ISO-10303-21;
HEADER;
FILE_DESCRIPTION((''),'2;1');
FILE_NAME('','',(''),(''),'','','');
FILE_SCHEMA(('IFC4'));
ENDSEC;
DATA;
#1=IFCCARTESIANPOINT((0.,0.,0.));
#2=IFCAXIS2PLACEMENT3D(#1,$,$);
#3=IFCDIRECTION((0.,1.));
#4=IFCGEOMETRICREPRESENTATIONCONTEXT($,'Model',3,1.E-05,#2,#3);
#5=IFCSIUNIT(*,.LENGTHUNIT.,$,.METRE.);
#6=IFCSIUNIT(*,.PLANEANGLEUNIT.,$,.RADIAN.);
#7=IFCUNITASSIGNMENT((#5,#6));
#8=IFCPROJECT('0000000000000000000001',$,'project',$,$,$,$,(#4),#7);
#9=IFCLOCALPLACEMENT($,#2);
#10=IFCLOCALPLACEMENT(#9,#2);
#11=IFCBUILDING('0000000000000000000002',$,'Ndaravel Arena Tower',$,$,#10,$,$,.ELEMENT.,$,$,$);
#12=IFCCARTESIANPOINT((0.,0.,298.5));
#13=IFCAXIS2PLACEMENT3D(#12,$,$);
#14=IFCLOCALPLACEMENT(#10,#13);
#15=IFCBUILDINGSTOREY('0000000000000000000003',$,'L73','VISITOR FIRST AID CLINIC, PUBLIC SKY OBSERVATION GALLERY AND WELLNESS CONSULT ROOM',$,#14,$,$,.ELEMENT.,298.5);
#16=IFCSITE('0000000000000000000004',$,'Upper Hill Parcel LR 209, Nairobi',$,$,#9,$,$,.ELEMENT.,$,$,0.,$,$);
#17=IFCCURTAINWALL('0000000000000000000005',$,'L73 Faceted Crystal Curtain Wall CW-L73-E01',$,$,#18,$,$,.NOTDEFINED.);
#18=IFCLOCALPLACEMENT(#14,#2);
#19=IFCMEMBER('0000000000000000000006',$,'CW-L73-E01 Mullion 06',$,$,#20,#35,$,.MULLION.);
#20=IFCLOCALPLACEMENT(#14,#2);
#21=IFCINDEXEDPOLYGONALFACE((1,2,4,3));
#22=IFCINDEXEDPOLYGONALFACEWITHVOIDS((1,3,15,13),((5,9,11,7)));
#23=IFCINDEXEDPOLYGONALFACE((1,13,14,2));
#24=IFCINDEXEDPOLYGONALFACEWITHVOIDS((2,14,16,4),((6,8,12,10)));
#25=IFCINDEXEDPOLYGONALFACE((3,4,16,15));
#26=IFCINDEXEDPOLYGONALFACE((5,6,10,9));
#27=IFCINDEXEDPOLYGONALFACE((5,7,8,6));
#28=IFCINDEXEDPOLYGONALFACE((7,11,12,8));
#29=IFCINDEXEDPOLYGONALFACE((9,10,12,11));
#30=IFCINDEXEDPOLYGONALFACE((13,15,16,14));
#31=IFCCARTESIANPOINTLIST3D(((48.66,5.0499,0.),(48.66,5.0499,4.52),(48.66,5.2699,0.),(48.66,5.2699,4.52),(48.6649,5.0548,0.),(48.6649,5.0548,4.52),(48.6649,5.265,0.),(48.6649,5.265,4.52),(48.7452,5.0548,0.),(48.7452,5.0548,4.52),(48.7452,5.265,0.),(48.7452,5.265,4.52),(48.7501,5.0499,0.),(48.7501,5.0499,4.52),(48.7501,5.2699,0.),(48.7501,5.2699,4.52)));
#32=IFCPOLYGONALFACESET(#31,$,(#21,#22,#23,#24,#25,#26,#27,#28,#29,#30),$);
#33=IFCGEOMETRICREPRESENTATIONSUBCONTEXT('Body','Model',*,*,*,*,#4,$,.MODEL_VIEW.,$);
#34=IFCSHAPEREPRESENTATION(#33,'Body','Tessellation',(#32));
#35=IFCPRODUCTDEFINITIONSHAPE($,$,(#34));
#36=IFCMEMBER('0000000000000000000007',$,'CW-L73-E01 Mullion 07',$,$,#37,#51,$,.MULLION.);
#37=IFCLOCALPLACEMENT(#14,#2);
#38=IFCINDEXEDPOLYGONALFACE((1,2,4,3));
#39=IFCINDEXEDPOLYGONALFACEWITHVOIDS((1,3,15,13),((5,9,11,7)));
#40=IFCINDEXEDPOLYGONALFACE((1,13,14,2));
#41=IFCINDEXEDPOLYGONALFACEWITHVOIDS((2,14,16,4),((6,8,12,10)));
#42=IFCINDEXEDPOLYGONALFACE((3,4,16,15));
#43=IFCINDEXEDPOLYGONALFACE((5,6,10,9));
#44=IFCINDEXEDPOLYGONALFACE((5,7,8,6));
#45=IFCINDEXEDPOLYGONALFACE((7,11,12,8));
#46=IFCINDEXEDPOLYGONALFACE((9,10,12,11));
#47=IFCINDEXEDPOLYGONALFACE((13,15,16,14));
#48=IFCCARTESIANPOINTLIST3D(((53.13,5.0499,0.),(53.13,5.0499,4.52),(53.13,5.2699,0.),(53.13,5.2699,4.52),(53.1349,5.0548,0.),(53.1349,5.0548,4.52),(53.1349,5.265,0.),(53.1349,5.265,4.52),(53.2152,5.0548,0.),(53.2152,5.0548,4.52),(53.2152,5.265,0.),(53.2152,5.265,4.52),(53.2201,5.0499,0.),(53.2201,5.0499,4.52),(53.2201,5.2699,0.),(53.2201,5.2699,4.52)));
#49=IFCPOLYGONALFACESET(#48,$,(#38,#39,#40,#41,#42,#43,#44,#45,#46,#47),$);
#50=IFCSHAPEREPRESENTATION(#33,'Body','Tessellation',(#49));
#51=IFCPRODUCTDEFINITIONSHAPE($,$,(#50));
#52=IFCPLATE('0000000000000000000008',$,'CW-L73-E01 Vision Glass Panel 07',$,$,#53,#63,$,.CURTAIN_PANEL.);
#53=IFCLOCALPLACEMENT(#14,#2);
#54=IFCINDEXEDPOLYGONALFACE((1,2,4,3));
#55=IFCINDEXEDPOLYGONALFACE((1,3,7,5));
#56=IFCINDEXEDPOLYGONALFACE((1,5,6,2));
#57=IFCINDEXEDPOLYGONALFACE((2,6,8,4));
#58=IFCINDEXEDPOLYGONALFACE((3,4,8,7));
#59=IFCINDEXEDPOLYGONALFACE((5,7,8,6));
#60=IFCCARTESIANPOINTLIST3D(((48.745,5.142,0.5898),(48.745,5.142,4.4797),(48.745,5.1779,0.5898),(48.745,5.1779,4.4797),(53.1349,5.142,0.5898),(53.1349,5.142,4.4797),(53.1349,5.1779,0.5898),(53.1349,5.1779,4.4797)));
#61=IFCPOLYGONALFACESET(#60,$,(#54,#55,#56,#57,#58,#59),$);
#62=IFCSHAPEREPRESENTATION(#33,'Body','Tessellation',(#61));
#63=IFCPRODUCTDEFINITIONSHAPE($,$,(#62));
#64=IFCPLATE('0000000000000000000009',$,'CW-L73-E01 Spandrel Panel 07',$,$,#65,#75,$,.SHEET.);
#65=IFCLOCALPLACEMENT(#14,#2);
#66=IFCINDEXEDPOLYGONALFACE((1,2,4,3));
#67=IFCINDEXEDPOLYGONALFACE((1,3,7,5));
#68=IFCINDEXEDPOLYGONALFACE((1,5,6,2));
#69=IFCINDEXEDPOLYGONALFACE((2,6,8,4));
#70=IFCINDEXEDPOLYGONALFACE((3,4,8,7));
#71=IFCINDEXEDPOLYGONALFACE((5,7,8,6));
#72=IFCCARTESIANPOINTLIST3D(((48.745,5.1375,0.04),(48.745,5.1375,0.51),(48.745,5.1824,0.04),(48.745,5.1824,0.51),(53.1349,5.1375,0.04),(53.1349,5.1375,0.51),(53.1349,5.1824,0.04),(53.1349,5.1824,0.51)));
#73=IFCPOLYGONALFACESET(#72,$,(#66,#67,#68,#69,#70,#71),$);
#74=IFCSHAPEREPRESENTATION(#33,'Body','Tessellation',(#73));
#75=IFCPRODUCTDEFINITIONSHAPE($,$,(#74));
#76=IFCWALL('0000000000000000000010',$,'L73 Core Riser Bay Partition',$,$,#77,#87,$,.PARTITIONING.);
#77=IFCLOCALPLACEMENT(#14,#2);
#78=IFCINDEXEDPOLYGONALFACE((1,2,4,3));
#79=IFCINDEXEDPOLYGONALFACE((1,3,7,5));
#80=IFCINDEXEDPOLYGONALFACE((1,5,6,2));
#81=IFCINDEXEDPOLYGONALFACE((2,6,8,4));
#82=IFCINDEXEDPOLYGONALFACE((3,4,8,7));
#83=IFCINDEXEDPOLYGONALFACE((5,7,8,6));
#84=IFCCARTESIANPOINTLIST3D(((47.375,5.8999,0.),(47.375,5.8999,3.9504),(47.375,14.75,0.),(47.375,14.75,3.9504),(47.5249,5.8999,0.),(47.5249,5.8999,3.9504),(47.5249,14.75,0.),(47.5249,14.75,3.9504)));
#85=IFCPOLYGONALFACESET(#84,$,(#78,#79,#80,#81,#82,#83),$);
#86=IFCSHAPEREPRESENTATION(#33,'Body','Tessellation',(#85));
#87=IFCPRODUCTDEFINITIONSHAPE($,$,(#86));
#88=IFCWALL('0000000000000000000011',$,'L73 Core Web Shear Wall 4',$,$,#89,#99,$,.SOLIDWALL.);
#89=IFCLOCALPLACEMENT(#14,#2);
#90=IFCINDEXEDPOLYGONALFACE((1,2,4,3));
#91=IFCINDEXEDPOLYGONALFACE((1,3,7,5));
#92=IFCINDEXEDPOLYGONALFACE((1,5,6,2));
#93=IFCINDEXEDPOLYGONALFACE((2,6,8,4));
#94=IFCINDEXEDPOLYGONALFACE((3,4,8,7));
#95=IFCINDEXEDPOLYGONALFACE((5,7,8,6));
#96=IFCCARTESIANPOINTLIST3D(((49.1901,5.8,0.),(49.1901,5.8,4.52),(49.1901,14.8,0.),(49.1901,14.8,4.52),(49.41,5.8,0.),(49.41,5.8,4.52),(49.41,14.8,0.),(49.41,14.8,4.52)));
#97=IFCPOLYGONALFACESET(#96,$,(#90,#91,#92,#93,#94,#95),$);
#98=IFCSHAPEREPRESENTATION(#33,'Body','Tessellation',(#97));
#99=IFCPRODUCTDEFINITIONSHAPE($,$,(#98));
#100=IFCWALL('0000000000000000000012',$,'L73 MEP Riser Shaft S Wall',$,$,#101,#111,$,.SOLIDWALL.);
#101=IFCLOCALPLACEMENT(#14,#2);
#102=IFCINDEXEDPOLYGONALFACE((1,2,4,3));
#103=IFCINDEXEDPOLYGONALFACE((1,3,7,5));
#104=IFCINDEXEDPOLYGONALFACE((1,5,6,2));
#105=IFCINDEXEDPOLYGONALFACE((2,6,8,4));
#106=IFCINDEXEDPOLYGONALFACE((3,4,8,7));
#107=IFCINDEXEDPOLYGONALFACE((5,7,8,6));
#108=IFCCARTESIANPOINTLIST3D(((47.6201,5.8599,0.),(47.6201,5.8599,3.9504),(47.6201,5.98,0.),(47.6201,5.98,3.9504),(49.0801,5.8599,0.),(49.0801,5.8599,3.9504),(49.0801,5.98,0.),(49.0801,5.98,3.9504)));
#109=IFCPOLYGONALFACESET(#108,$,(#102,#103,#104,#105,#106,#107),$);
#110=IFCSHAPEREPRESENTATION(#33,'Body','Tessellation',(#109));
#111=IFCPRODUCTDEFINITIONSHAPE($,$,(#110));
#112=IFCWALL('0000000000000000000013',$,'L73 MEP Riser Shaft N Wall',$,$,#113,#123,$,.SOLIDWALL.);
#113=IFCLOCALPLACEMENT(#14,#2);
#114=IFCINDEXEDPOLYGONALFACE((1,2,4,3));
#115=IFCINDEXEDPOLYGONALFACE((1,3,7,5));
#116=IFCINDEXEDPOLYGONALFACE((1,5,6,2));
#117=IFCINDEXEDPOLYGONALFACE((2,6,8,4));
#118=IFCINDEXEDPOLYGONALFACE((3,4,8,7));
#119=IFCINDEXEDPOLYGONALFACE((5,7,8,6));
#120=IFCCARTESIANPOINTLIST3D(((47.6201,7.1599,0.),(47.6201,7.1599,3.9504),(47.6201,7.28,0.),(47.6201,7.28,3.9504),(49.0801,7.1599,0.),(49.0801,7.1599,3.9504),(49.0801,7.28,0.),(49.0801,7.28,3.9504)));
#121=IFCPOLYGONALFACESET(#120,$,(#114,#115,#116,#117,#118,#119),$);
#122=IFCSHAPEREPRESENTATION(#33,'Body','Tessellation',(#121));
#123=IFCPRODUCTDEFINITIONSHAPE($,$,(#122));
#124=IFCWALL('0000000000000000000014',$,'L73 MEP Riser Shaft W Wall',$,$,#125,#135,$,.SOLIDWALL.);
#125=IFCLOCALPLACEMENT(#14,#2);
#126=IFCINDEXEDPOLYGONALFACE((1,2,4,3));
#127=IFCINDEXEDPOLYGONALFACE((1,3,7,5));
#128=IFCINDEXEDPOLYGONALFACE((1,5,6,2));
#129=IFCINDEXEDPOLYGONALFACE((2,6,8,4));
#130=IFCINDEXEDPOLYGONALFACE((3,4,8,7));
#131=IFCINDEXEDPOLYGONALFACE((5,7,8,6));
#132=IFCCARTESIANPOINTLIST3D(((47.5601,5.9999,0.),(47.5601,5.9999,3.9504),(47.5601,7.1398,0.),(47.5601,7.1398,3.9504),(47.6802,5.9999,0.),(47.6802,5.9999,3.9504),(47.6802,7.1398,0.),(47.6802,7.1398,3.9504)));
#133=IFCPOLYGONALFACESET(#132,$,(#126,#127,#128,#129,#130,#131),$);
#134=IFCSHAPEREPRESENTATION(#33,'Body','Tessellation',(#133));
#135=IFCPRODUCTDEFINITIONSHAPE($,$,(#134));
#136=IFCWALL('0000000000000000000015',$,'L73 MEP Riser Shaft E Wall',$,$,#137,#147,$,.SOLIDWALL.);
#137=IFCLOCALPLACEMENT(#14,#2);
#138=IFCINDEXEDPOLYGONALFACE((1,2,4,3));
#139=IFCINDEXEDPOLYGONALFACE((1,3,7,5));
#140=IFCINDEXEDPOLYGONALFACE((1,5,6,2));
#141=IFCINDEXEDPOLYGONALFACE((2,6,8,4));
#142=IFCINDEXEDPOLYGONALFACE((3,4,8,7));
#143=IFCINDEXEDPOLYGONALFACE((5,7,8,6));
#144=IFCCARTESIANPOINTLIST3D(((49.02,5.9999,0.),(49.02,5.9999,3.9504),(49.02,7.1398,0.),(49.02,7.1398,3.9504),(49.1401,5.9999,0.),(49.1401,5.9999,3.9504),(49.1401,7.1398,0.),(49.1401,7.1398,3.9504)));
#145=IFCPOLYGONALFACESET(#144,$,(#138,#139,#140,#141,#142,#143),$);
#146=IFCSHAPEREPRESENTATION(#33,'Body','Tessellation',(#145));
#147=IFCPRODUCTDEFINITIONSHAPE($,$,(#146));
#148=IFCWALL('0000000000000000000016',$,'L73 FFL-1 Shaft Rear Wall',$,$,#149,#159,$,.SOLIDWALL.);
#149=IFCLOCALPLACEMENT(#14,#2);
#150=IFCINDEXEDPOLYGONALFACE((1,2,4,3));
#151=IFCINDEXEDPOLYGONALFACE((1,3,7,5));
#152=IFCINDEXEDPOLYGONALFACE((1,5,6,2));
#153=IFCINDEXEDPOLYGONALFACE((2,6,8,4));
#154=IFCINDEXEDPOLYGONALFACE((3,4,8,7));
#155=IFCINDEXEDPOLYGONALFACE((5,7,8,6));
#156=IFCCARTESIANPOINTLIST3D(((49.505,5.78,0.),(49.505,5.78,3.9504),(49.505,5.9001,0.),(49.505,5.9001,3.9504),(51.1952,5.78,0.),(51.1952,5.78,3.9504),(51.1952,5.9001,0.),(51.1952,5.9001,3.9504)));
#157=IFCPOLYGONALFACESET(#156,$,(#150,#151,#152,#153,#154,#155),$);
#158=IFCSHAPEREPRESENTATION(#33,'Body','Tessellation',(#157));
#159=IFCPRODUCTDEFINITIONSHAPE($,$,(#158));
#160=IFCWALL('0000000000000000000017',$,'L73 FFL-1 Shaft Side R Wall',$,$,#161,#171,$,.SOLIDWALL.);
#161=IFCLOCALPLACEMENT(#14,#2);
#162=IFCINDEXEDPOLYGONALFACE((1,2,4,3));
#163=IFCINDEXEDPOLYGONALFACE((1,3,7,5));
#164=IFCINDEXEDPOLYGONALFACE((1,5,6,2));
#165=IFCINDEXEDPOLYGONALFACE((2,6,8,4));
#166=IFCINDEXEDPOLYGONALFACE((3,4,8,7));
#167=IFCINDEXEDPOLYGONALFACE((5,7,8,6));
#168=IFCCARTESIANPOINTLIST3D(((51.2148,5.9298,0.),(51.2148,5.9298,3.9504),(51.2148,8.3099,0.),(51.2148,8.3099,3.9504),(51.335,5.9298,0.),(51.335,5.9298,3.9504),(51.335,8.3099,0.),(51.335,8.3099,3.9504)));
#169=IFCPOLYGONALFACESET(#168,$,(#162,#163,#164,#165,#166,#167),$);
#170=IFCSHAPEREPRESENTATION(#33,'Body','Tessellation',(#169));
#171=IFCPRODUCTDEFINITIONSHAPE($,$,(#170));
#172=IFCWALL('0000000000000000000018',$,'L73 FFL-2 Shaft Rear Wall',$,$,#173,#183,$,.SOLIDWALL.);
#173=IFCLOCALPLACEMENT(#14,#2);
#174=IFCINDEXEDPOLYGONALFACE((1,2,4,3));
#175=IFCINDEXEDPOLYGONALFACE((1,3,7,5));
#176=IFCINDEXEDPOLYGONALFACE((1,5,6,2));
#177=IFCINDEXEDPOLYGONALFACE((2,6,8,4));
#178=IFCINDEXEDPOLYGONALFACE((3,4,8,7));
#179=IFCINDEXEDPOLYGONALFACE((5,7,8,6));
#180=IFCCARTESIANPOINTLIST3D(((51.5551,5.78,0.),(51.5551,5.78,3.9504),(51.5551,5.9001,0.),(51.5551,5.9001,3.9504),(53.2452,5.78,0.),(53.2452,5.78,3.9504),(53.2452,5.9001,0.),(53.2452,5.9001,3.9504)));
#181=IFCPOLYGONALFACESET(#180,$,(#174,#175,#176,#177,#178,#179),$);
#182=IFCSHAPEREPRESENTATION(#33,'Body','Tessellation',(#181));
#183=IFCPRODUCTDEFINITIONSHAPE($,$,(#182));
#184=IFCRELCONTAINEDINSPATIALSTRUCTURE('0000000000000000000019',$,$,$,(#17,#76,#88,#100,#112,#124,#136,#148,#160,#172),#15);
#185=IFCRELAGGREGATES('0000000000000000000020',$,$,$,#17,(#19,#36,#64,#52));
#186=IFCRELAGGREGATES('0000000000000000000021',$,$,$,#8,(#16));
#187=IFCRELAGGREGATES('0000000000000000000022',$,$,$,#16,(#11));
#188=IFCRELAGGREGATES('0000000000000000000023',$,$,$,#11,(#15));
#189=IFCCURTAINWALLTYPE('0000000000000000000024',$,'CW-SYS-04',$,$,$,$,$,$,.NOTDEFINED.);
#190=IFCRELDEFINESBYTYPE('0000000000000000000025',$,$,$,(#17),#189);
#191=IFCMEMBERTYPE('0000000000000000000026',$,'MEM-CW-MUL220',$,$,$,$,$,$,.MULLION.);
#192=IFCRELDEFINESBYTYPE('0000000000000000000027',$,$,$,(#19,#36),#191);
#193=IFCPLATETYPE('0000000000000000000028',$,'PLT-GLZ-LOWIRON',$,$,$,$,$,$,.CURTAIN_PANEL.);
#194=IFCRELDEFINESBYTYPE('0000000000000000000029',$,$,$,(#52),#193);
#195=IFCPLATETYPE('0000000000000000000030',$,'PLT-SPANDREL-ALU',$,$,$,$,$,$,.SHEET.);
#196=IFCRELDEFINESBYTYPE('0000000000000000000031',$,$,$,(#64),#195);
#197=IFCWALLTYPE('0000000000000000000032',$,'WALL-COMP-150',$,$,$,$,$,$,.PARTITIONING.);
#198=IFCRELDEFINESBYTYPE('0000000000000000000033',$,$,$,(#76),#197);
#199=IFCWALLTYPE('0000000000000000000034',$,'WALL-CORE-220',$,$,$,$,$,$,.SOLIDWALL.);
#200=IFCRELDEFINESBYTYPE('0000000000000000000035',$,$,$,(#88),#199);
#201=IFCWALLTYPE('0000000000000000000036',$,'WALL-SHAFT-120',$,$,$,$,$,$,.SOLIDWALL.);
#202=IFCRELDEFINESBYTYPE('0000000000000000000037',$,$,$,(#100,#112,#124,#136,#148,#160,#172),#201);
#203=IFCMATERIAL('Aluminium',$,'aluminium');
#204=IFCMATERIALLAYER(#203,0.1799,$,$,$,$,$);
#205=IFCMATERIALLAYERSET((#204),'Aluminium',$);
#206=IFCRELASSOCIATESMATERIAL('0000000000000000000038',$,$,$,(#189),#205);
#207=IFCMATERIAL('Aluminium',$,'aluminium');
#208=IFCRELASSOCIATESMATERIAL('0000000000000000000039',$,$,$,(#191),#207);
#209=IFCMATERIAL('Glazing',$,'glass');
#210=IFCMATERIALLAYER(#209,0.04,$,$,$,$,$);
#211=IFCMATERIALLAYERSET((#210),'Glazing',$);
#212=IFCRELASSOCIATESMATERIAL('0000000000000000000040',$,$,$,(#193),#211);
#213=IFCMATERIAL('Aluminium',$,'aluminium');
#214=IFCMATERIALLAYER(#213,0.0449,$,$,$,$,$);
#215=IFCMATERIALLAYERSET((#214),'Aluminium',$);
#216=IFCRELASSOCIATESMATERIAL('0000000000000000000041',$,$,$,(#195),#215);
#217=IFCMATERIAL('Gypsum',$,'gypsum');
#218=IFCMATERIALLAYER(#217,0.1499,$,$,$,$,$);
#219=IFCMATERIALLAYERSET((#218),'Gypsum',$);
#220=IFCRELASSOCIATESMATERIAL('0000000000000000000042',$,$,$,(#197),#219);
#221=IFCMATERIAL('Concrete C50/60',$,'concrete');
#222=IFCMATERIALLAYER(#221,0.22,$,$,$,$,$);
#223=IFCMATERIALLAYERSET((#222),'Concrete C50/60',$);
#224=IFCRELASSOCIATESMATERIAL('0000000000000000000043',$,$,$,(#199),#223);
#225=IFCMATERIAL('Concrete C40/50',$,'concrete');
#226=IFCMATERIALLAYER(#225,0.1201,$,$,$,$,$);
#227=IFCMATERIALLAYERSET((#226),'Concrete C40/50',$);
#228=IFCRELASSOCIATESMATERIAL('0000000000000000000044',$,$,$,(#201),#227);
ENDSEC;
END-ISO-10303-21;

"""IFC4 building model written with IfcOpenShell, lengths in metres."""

from ifc_helpers import new_model, si_unit, direction, frame, frame_2d, origin, origin_2d, place, context, subcontext, project, spatial, rectangle, hollow_rectangle, extrude, material, layer, layer_set, material_profile, profile_set, type_object, element, aggregate, save


model = new_model("IFC4")

# Units and contexts
model_context = context("Model", 3, precision=1e-05, world=origin(), true_north=direction((0.0, 1.0)))
body_context = subcontext(model_context, "Body", "Model", "MODEL_VIEW")
ifc_project = project(units=[si_unit("LENGTHUNIT", "METRE"), si_unit("PLANEANGLEUNIT", "RADIAN")], contexts=[model_context])

# Site, building, storey
site_placement = place(None, origin())
site = spatial("IfcSite", under=ifc_project, at=site_placement, Name="Upper Hill Parcel LR 209, Nairobi", CompositionType="ELEMENT", RefElevation=0.0)
building_placement = place(site_placement, origin())
building = spatial("IfcBuilding", under=site, at=building_placement, Name="Ndaravel Arena Tower", CompositionType="ELEMENT")
storey_placement = place(building_placement, frame((0.0, 0.0, 298.5)))
storey = spatial("IfcBuildingStorey", under=building, at=storey_placement, Name="L73", Description="VISITOR FIRST AID CLINIC, PUBLIC SKY OBSERVATION GALLERY AND WELLNESS CONSULT ROOM", CompositionType="ELEMENT", Elevation=298.5)

# Curtain wall, members, plates
ifc_material_1 = material(Name="Aluminium", Category="aluminium")
ifc_layer_1 = layer(ifc_material_1, 0.1799)
ifc_layer_set_1 = layer_set([ifc_layer_1], Name="Aluminium")
curtain_wall_type = type_object("IfcCurtainWallType", Name="CW-SYS-04", PredefinedType="NOTDEFINED", material=ifc_layer_set_1)
curtain_wall_placement = place(storey_placement, origin())
curtain_wall = element("IfcCurtainWall", 1, at=curtain_wall_placement, inside=storey, type_object=curtain_wall_type, Name="L73 Faceted Crystal Curtain Wall CW-L73-E01", PredefinedType="NOTDEFINED")
ifc_material_2 = material(Name="Aluminium", Category="aluminium")
ifc_material_profile = material_profile(ifc_material_2, hollow_rectangle(XDim=0.0901, YDim=0.22, WallThickness=0.0049, at=origin_2d()), Name="CW MULLION 90x220x5")
ifc_profile_set = profile_set([ifc_material_profile], Name="Aluminium")
member_type = type_object("IfcMemberType", Name="MEM-CW-MUL220", PredefinedType="MULLION", material=ifc_profile_set)
member_1_placement = place(storey_placement, frame((48.7051, 5.1599, 0.0), z_axis=(0.0, 0.0, 1.0), x_axis=(1.0, 0.0, 0.0)))
member_1 = element("IfcMember", 2, at=member_1_placement, type_object=member_type, Name="CW-L73-E01 Mullion 06", PredefinedType="MULLION", context=body_context, shape_type="SweptSolid", body=[
    extrude(hollow_rectangle(XDim=0.0901, YDim=0.22, WallThickness=0.0049, at=origin_2d()), origin(), (0.0, 0.0, 1.0), 4.52),
])
member_2_placement = place(storey_placement, frame((53.175, 5.1599, 0.0), z_axis=(0.0, 0.0, 1.0), x_axis=(1.0, 0.0, 0.0)))
member_2 = element("IfcMember", 3, at=member_2_placement, type_object=member_type, Name="CW-L73-E01 Mullion 07", PredefinedType="MULLION", context=body_context, shape_type="SweptSolid", body=[
    extrude(hollow_rectangle(XDim=0.0901, YDim=0.22, WallThickness=0.0049, at=origin_2d()), origin(), (0.0, 0.0, 1.0), 4.52),
])
ifc_material_3 = material(Name="Glazing", Category="glass")
ifc_layer_2 = layer(ifc_material_3, 0.04)
ifc_layer_set_2 = layer_set([ifc_layer_2], Name="Glazing")
plate_type_1 = type_object("IfcPlateType", Name="PLT-GLZ-LOWIRON", PredefinedType="CURTAIN_PANEL", material=ifc_layer_set_2)
plate_1_placement = place(storey_placement, frame((50.9399, 5.1599, 0.5898), z_axis=(0.0, 0.0, 1.0), x_axis=(1.0, 0.0, 0.0)))
plate_1 = element("IfcPlate", 4, at=plate_1_placement, type_object=plate_type_1, Name="CW-L73-E01 Vision Glass Panel 07", PredefinedType="CURTAIN_PANEL", context=body_context, shape_type="SweptSolid", body=[
    extrude(rectangle(XDim=4.3899, YDim=0.0359, at=origin_2d()), origin(), (0.0, 0.0, 1.0), 3.8899),
])
ifc_material_4 = material(Name="Aluminium", Category="aluminium")
ifc_layer_3 = layer(ifc_material_4, 0.0449)
ifc_layer_set_3 = layer_set([ifc_layer_3], Name="Aluminium")
plate_type_2 = type_object("IfcPlateType", Name="PLT-SPANDREL-ALU", PredefinedType="SHEET", material=ifc_layer_set_3)
plate_2_placement = place(storey_placement, frame((50.9399, 5.1599, 0.04), z_axis=(0.0, 0.0, 1.0), x_axis=(1.0, 0.0, 0.0)))
plate_2 = element("IfcPlate", 5, at=plate_2_placement, type_object=plate_type_2, Name="CW-L73-E01 Spandrel Panel 07", PredefinedType="SHEET", context=body_context, shape_type="SweptSolid", body=[
    extrude(rectangle(XDim=4.3899, YDim=0.0449, at=origin_2d()), origin(), (0.0, 0.0, 1.0), 0.47),
])
aggregate(curtain_wall, [member_1, member_2, plate_2, plate_1])

# Walls
ifc_material_5 = material(Name="Gypsum", Category="gypsum")
ifc_layer_4 = layer(ifc_material_5, 0.1499)
ifc_layer_set_4 = layer_set([ifc_layer_4], Name="Gypsum")
wall_type_1 = type_object("IfcWallType", Name="WALL-COMP-150", PredefinedType="PARTITIONING", material=ifc_layer_set_4)
wall_1_placement = place(storey_placement, frame((47.45, 5.8999, 0.0), z_axis=(0.0, 0.0, 1.0), x_axis=(0.0, 1.0, 0.0)))
element("IfcWall", 6, at=wall_1_placement, inside=storey, type_object=wall_type_1, Name="L73 Core Riser Bay Partition", PredefinedType="PARTITIONING", context=body_context, shape_type="SweptSolid", body=[
    extrude(rectangle(XDim=8.8501, YDim=0.1499, at=frame_2d((4.425, 0.0))), origin(), (0.0, 0.0, 1.0), 3.9504),
])
ifc_material_6 = material(Name="Concrete C50/60", Category="concrete")
ifc_layer_5 = layer(ifc_material_6, 0.22)
ifc_layer_set_5 = layer_set([ifc_layer_5], Name="Concrete C50/60")
wall_type_2 = type_object("IfcWallType", Name="WALL-CORE-220", PredefinedType="SOLIDWALL", material=ifc_layer_set_5)
wall_2_placement = place(storey_placement, frame((49.3, 5.8, 0.0), z_axis=(0.0, 0.0, 1.0), x_axis=(0.0, 1.0, 0.0)))
element("IfcWall", 7, at=wall_2_placement, inside=storey, type_object=wall_type_2, Name="L73 Core Web Shear Wall 4", PredefinedType="SOLIDWALL", context=body_context, shape_type="SweptSolid", body=[
    extrude(rectangle(XDim=9.0, YDim=0.22, at=frame_2d((4.5, 0.0))), origin(), (0.0, 0.0, 1.0), 4.52),
])

# Walls
ifc_material_7 = material(Name="Concrete C40/50", Category="concrete")
ifc_layer_6 = layer(ifc_material_7, 0.1201)
ifc_layer_set_6 = layer_set([ifc_layer_6], Name="Concrete C40/50")
wall_type_3 = type_object("IfcWallType", Name="WALL-SHAFT-120", PredefinedType="SOLIDWALL", material=ifc_layer_set_6)
for number, where, z_axis, x_axis, name in (
    (8, (47.6201, 5.9199, 0.0), (0.0, 0.0, 1.0), (1.0, 0.0, 0.0), "L73 MEP Riser Shaft S Wall"),
    (9, (47.6201, 7.22, 0.0), (0.0, 0.0, 1.0), (1.0, 0.0, 0.0), "L73 MEP Riser Shaft N Wall"),
):
    element("IfcWall", number, at=place(storey_placement, frame(where, z_axis=z_axis, x_axis=x_axis)), inside=storey, type_object=wall_type_3, Name=name, PredefinedType="SOLIDWALL", context=body_context, shape_type="SweptSolid", body=[
        extrude(rectangle(XDim=1.46, YDim=0.1201, at=frame_2d((0.73, 0.0))), origin(), (0.0, 0.0, 1.0), 3.9504),
    ])
for number, where, z_axis, x_axis, name in (
    (10, (47.6201, 6.0, 0.0), (0.0, 0.0, 1.0), (0.0, 1.0, 0.0), "L73 MEP Riser Shaft W Wall"),
    (11, (49.0801, 6.0, 0.0), (0.0, 0.0, 1.0), (0.0, 1.0, 0.0), "L73 MEP Riser Shaft E Wall"),
):
    element("IfcWall", number, at=place(storey_placement, frame(where, z_axis=z_axis, x_axis=x_axis)), inside=storey, type_object=wall_type_3, Name=name, PredefinedType="SOLIDWALL", context=body_context, shape_type="SweptSolid", body=[
        extrude(rectangle(XDim=1.1399, YDim=0.1201, at=frame_2d((0.5698, 0.0))), origin(), (0.0, 0.0, 1.0), 3.9504),
    ])
wall_3_placement = place(storey_placement, frame((49.5049, 5.8401, 0.0), z_axis=(0.0, 0.0, 1.0), x_axis=(1.0, 0.0, 0.0)))
element("IfcWall", 12, at=wall_3_placement, inside=storey, type_object=wall_type_3, Name="L73 FFL-1 Shaft Rear Wall", PredefinedType="SOLIDWALL", context=body_context, shape_type="SweptSolid", body=[
    extrude(rectangle(XDim=1.6902, YDim=0.1201, at=frame_2d((0.8452, 0.0))), origin(), (0.0, 0.0, 1.0), 3.9504),
])
wall_4_placement = place(storey_placement, frame((51.2749, 5.9299, 0.0), z_axis=(0.0, 0.0, 1.0), x_axis=(0.0, 1.0, 0.0)))
element("IfcWall", 13, at=wall_4_placement, inside=storey, type_object=wall_type_3, Name="L73 FFL-1 Shaft Side R Wall", PredefinedType="SOLIDWALL", context=body_context, shape_type="SweptSolid", body=[
    extrude(rectangle(XDim=2.3801, YDim=0.1201, at=frame_2d((1.1899, 0.0))), origin(), (0.0, 0.0, 1.0), 3.9504),
])
wall_5_placement = place(storey_placement, frame((51.5549, 5.8401, 0.0), z_axis=(0.0, 0.0, 1.0), x_axis=(1.0, 0.0, 0.0)))
element("IfcWall", 14, at=wall_5_placement, inside=storey, type_object=wall_type_3, Name="L73 FFL-2 Shaft Rear Wall", PredefinedType="SOLIDWALL", context=body_context, shape_type="SweptSolid", body=[
    extrude(rectangle(XDim=1.6902, YDim=0.1201, at=frame_2d((0.8452, 0.0))), origin(), (0.0, 0.0, 1.0), 3.9504),
])

save(model, "model.ifc")
